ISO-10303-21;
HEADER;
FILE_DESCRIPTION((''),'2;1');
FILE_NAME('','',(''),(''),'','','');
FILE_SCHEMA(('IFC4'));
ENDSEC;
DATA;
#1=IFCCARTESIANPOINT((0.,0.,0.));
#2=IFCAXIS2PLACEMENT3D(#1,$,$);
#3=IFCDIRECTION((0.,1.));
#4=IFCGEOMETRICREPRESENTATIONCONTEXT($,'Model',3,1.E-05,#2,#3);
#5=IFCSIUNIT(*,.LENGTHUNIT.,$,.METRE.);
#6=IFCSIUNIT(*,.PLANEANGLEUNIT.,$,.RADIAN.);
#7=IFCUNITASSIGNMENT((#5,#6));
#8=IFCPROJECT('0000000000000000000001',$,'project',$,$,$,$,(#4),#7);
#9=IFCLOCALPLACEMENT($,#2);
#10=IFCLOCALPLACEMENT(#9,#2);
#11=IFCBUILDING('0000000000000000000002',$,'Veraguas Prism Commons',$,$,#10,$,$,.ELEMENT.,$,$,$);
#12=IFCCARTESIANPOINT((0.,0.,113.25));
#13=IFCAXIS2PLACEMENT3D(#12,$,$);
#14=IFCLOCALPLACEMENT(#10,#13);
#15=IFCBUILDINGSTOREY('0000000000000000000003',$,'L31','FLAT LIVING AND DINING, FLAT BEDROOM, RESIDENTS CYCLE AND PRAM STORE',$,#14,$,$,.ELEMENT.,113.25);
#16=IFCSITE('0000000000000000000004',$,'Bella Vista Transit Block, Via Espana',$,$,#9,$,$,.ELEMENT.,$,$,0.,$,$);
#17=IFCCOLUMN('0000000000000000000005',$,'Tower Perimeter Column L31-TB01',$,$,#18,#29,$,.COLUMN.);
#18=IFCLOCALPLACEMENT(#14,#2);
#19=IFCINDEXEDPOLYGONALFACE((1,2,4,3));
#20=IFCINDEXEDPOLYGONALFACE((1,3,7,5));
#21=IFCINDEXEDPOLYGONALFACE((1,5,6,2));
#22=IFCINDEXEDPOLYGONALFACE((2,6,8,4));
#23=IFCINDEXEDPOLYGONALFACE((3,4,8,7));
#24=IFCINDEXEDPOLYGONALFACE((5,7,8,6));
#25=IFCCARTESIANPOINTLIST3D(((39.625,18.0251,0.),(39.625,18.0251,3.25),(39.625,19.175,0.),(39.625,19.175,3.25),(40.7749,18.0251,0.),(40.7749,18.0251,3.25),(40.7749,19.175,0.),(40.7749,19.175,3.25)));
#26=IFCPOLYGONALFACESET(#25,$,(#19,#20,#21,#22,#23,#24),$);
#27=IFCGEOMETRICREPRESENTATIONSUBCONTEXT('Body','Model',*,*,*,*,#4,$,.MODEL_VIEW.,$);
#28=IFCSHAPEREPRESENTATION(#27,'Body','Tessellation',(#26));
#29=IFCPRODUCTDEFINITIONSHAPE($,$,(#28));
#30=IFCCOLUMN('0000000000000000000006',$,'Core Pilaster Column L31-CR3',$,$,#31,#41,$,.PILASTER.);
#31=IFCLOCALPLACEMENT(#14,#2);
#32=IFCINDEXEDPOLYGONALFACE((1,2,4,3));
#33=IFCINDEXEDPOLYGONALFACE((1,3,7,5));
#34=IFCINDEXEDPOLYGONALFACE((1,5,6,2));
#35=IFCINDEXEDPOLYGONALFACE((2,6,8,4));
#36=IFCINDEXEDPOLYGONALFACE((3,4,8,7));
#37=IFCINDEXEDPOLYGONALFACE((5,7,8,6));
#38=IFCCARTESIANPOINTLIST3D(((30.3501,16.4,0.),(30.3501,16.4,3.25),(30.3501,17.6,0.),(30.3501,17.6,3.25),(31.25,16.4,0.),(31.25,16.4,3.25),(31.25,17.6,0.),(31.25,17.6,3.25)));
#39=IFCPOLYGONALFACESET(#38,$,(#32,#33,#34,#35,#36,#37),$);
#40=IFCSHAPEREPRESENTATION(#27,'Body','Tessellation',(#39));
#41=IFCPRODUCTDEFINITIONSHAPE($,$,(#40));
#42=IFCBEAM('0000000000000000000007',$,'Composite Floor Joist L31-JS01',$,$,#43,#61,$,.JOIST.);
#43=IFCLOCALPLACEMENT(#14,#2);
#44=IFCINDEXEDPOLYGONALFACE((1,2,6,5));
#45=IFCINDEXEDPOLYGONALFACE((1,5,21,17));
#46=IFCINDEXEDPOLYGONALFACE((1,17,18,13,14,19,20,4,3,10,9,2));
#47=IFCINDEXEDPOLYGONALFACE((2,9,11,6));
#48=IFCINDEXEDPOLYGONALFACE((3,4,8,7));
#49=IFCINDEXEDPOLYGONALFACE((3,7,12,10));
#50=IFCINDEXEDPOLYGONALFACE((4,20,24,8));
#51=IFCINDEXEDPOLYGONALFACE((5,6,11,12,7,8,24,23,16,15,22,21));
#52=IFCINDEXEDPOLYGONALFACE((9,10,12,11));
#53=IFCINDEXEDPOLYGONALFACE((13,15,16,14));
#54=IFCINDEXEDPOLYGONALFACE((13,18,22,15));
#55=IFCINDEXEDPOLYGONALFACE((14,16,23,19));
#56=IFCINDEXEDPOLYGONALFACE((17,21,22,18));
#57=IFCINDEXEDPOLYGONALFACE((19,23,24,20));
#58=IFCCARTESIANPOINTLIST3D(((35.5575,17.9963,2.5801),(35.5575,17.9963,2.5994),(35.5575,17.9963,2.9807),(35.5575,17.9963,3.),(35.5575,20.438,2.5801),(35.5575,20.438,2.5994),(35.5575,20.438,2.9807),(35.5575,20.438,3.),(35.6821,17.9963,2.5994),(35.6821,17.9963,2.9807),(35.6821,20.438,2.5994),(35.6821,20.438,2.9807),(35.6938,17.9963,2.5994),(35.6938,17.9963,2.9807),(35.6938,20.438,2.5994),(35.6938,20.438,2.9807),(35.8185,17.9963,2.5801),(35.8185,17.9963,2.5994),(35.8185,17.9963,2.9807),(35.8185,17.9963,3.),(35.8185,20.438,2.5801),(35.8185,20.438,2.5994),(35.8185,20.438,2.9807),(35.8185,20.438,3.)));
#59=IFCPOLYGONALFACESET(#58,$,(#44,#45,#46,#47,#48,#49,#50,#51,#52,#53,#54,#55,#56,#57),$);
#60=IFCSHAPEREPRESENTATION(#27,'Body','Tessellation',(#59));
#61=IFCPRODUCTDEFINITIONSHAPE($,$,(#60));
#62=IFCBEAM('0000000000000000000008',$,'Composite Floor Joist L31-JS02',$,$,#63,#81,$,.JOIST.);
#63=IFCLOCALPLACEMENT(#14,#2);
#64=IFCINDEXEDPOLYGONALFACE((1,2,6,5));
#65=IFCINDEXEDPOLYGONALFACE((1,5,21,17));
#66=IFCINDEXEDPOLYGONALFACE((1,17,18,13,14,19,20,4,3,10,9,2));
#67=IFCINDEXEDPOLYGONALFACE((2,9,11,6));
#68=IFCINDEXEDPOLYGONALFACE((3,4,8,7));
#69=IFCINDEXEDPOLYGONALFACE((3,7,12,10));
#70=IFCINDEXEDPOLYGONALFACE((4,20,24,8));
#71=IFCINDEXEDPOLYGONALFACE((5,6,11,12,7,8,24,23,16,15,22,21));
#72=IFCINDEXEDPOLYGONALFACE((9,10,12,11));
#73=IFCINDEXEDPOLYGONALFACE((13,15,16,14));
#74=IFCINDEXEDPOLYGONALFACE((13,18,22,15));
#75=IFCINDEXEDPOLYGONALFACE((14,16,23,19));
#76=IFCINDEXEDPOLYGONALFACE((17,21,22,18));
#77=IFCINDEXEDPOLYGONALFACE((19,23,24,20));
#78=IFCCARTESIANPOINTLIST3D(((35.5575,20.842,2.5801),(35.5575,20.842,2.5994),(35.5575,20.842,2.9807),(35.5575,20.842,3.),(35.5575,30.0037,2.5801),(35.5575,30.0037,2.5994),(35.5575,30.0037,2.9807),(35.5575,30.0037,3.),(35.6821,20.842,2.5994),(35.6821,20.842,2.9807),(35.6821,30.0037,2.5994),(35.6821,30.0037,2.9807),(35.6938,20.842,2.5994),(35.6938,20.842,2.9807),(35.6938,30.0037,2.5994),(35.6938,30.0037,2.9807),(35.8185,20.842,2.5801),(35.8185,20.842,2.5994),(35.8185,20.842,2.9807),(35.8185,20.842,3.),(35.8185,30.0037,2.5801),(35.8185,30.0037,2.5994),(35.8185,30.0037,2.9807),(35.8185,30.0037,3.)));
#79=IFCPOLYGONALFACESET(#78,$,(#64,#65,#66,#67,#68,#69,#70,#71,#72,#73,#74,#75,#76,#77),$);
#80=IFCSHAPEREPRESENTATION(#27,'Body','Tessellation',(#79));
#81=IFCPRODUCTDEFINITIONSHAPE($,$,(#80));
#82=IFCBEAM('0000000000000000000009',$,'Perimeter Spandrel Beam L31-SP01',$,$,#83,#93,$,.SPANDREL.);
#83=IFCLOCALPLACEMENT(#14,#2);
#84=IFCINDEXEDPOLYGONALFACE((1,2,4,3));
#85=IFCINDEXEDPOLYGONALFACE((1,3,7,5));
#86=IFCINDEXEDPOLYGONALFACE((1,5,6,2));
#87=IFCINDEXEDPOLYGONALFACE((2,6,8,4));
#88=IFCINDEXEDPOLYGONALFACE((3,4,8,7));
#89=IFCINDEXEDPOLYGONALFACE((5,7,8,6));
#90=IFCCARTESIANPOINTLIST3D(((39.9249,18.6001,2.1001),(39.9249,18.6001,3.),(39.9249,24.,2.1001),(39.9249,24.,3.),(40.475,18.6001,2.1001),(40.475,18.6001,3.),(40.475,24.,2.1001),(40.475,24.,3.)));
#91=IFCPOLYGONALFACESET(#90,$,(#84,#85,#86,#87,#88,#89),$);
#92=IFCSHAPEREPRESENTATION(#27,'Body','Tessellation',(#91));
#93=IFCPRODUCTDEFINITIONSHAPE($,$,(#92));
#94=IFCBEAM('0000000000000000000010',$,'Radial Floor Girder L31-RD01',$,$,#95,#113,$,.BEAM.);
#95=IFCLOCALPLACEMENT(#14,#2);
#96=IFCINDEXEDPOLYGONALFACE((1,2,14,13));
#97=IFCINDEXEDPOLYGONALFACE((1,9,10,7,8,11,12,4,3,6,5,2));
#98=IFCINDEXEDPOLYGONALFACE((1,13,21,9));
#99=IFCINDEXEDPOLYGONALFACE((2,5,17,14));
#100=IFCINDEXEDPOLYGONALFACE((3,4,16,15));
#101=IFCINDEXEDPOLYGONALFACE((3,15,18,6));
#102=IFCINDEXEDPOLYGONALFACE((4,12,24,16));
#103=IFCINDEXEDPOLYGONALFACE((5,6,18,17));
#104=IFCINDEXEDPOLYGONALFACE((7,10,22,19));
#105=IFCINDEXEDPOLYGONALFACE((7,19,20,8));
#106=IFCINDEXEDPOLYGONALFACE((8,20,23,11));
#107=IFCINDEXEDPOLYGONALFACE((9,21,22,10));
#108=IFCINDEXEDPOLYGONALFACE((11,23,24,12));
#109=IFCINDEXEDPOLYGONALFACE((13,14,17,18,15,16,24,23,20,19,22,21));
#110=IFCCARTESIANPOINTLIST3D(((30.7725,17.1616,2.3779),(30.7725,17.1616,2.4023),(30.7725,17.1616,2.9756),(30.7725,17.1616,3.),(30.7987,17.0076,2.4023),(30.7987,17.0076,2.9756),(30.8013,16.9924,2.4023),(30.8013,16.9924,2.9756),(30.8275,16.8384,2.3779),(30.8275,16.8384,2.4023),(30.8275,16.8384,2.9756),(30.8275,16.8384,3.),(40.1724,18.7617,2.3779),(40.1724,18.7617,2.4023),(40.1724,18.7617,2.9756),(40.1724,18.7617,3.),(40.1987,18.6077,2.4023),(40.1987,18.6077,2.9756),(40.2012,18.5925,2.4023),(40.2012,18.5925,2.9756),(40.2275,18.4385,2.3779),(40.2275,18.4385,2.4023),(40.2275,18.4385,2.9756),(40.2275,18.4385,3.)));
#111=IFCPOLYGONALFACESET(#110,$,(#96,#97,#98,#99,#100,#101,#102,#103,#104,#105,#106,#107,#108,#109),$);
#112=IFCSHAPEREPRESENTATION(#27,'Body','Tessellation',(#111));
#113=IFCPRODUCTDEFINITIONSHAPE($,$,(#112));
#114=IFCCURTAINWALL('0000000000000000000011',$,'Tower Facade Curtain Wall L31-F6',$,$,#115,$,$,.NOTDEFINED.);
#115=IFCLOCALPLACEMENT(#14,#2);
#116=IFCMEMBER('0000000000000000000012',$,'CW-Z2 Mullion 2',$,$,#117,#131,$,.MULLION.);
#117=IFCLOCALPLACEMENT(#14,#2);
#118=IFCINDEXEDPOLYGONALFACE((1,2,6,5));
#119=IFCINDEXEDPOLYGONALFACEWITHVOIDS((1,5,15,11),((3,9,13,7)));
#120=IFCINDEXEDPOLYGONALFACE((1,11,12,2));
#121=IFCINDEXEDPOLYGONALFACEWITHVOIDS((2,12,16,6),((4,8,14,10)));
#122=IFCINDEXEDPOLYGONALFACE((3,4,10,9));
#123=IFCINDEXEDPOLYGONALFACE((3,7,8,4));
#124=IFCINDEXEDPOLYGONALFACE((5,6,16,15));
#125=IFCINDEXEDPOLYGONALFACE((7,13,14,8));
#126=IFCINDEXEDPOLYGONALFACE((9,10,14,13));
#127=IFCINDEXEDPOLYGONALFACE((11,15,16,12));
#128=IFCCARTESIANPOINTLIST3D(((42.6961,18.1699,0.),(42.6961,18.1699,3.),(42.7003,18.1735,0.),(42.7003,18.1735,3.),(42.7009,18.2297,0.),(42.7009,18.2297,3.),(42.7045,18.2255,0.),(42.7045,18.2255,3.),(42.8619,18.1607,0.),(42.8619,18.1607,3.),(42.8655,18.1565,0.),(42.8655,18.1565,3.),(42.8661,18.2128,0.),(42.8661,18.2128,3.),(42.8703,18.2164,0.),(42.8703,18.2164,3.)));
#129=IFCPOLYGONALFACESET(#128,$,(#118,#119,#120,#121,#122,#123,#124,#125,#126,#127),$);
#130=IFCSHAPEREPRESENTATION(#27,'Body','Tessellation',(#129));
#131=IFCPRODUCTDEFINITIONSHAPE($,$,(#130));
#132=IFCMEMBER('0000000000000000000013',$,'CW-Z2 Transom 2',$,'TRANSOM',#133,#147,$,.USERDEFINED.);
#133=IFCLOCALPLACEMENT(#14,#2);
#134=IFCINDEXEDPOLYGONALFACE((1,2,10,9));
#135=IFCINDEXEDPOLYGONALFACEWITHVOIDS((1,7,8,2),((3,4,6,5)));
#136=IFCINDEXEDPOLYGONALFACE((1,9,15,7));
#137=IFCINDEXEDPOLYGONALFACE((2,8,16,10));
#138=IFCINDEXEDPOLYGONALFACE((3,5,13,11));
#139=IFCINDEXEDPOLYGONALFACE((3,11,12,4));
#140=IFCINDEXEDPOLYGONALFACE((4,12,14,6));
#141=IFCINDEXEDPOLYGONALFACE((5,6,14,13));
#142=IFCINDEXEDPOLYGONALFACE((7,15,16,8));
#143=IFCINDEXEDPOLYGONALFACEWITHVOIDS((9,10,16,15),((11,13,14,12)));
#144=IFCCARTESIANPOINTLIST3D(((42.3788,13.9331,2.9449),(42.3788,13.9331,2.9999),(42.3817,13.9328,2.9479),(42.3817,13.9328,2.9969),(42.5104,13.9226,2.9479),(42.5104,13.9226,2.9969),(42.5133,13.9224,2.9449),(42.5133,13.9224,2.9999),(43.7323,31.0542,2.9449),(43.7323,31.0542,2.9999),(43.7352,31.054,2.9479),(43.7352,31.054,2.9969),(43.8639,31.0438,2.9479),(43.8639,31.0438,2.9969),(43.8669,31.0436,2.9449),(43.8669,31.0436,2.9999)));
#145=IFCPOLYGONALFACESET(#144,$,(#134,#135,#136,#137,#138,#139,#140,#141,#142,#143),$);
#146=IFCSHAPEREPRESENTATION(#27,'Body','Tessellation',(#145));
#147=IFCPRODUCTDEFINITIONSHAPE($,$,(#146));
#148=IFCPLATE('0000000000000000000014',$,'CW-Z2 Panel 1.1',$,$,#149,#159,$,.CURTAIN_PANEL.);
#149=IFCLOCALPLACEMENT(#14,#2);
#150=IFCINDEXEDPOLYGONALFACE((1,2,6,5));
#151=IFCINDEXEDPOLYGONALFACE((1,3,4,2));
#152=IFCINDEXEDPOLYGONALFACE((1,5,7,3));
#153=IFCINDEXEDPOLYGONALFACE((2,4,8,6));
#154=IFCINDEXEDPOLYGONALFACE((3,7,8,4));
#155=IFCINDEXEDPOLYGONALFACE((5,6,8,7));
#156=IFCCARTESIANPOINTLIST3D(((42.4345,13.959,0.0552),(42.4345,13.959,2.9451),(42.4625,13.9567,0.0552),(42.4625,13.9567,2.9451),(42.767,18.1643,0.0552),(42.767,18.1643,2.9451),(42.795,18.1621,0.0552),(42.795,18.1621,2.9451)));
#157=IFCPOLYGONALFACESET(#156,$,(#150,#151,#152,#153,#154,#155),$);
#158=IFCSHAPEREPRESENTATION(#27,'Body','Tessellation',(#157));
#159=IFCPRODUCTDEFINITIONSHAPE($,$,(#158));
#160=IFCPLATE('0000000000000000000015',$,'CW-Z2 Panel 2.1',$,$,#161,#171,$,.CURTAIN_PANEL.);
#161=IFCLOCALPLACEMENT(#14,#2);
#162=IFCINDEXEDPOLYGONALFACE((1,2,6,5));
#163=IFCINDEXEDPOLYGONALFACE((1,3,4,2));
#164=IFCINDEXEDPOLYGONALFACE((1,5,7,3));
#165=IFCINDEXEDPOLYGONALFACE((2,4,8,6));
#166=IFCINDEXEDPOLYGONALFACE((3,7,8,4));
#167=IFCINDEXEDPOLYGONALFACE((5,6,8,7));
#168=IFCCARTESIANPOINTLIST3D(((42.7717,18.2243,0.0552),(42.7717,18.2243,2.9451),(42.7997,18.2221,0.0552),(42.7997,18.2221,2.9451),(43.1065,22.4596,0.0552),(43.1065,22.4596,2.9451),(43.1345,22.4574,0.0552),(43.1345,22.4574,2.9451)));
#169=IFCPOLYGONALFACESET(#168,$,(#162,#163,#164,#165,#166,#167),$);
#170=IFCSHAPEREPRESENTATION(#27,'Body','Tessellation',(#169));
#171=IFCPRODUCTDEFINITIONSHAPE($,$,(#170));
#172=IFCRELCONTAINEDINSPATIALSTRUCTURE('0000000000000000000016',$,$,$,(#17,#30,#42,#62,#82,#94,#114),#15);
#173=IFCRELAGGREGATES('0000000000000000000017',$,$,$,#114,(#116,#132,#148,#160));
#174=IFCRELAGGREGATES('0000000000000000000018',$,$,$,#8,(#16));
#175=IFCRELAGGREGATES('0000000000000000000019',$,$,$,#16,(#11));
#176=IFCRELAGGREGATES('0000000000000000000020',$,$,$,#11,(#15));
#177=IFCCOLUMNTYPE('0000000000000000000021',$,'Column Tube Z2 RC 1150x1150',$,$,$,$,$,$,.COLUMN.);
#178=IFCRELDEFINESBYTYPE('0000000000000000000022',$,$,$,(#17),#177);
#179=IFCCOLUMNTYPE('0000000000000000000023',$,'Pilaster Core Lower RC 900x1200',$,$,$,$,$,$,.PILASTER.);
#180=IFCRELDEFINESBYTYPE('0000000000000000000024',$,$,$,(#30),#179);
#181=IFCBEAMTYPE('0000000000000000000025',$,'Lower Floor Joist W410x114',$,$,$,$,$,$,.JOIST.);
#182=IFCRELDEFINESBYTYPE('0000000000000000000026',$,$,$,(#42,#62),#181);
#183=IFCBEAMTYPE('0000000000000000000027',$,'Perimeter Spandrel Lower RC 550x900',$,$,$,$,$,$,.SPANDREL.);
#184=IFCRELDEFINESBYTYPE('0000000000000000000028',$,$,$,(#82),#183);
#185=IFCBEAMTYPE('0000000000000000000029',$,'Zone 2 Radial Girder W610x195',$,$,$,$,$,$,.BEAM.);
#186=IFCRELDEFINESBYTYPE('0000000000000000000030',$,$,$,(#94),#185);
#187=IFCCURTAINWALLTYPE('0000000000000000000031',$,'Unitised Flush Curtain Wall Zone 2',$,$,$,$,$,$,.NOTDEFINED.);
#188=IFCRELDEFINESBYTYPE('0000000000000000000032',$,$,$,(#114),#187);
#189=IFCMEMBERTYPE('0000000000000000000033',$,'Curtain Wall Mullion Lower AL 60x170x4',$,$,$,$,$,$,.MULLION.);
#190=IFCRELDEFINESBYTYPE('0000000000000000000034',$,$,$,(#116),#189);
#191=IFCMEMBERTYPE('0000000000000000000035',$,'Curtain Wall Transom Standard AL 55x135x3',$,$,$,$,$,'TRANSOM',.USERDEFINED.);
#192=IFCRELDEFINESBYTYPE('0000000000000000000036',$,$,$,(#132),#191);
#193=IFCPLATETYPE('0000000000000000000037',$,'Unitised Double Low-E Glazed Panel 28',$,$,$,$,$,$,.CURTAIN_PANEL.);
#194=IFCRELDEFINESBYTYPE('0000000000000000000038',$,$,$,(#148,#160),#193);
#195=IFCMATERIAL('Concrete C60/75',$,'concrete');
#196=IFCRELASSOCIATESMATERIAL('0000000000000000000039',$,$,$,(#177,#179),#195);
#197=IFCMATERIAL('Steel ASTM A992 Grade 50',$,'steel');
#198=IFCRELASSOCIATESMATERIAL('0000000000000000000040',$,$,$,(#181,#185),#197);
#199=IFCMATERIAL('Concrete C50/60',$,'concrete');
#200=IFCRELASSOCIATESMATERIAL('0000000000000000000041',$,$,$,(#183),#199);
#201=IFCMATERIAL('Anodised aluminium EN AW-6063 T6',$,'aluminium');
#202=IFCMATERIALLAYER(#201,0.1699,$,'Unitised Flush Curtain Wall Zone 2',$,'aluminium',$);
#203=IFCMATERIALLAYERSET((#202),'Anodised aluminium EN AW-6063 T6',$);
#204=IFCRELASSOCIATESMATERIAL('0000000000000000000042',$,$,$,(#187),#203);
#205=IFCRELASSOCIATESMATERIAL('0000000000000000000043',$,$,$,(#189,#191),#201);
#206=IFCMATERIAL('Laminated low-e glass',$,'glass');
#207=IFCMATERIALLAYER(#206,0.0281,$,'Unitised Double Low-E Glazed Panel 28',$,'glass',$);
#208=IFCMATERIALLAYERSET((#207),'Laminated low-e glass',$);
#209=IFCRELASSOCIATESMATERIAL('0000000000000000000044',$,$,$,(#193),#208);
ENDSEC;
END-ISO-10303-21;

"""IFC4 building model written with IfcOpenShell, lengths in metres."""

from ifc_helpers import new_model, si_unit, direction, frame, origin, origin_2d, place, context, subcontext, project, spatial, rectangle, hollow_rectangle, i_section, extrude, source, transform, mapped, material, layer, layer_set, material_profile, profile_set, type_object, element, aggregate, save


model = new_model("IFC4")

# Units and contexts
model_context = context("Model", 3, precision=1e-05, world=origin(), true_north=direction((0.0, 1.0)))
body_context = subcontext(model_context, "Body", "Model", "MODEL_VIEW")
ifc_project = project(units=[si_unit("LENGTHUNIT", "METRE"), si_unit("PLANEANGLEUNIT", "RADIAN")], contexts=[model_context])

# Site, building, storey
site_placement = place(None, origin())
site = spatial("IfcSite", under=ifc_project, at=site_placement, Name="Bella Vista Transit Block, Via Espana", CompositionType="ELEMENT", RefElevation=0.0)
building_placement = place(site_placement, origin())
building = spatial("IfcBuilding", under=site, at=building_placement, Name="Veraguas Prism Commons", CompositionType="ELEMENT")
storey_placement = place(building_placement, frame((0.0, 0.0, 113.25)))
storey = spatial("IfcBuildingStorey", under=building, at=storey_placement, Name="L31", Description="FLAT LIVING AND DINING, FLAT BEDROOM, RESIDENTS CYCLE AND PRAM STORE", CompositionType="ELEMENT", Elevation=113.25)

# Columns
ifc_material_1 = material(Name="Concrete C60/75", Category="concrete")
ifc_material_profile_1 = material_profile(ifc_material_1, rectangle(XDim=1.1499, YDim=1.1499, at=origin_2d()), Name="RC1150X1150")
ifc_profile_set_1 = profile_set([ifc_material_profile_1], Name="Concrete C60/75")
column_type_1 = type_object("IfcColumnType", Name="Column Tube Z2 RC 1150x1150", PredefinedType="COLUMN", material=ifc_profile_set_1)
column_1_placement = place(storey_placement, frame((40.2, 18.6001, 0.0), z_axis=(0.0, 0.0, 1.0), x_axis=(1.0, 0.0, 0.0)))
element("IfcColumn", 1, at=column_1_placement, inside=storey, type_object=column_type_1, Name="Tower Perimeter Column L31-TB01", PredefinedType="COLUMN", context=body_context, shape_type="SweptSolid", body=[
    extrude(rectangle(XDim=1.1499, YDim=1.1499, at=origin_2d()), origin(), (0.0, 0.0, 1.0), 3.25),
])
ifc_material_profile_2 = material_profile(ifc_material_1, rectangle(XDim=0.8999, YDim=1.2, at=origin_2d()), Name="RC900X1200")
ifc_profile_set_2 = profile_set([ifc_material_profile_2], Name="Concrete C60/75")
column_type_2 = type_object("IfcColumnType", Name="Pilaster Core Lower RC 900x1200", PredefinedType="PILASTER", material=ifc_profile_set_2)
column_2_placement = place(storey_placement, frame((30.8, 17.0, 0.0), z_axis=(0.0, 0.0, 1.0), x_axis=(1.0, 0.0, 0.0)))
element("IfcColumn", 2, at=column_2_placement, inside=storey, type_object=column_type_2, Name="Core Pilaster Column L31-CR3", PredefinedType="PILASTER", context=body_context, shape_type="SweptSolid", body=[
    extrude(rectangle(XDim=0.8999, YDim=1.2, at=origin_2d()), origin(), (0.0, 0.0, 1.0), 3.25),
])

# Beams
ifc_material_2 = material(Name="Steel ASTM A992 Grade 50", Category="steel")
ifc_material_profile_3 = material_profile(ifc_material_2, i_section(OverallWidth=0.261, OverallDepth=0.4199, WebThickness=0.0117, FlangeThickness=0.0193, at=origin_2d()), Name="W410X114")
ifc_profile_set_3 = profile_set([ifc_material_profile_3], Name="Steel ASTM A992 Grade 50")
beam_type_1 = type_object("IfcBeamType", Name="Lower Floor Joist W410x114", PredefinedType="JOIST", material=ifc_profile_set_3)
beam_1_placement = place(storey_placement, frame((35.688, 17.9963, 2.79), z_axis=(0.0, 1.0, 0.0), x_axis=(-1.0, 0.0, 0.0)))
element("IfcBeam", 3, at=beam_1_placement, inside=storey, type_object=beam_type_1, Name="Composite Floor Joist L31-JS01", PredefinedType="JOIST", context=body_context, shape_type="SweptSolid", body=[
    extrude(i_section(OverallWidth=0.261, OverallDepth=0.4199, WebThickness=0.0117, FlangeThickness=0.0193, at=origin_2d()), origin(), (0.0, 0.0, 1.0), 2.4417),
])
beam_2_placement = place(storey_placement, frame((35.688, 20.842, 2.79), z_axis=(0.0, 1.0, 0.0), x_axis=(-1.0, 0.0, 0.0)))
element("IfcBeam", 4, at=beam_2_placement, inside=storey, type_object=beam_type_1, Name="Composite Floor Joist L31-JS02", PredefinedType="JOIST", context=body_context, shape_type="SweptSolid", body=[
    extrude(i_section(OverallWidth=0.261, OverallDepth=0.4199, WebThickness=0.0117, FlangeThickness=0.0193, at=origin_2d()), origin(), (0.0, 0.0, 1.0), 9.1616),
])
ifc_material_3 = material(Name="Concrete C50/60", Category="concrete")
ifc_material_profile_4 = material_profile(ifc_material_3, rectangle(XDim=0.55, YDim=0.8999, at=origin_2d()), Name="RC550X900")
ifc_profile_set_4 = profile_set([ifc_material_profile_4], Name="Concrete C50/60")
beam_type_2 = type_object("IfcBeamType", Name="Perimeter Spandrel Lower RC 550x900", PredefinedType="SPANDREL", material=ifc_profile_set_4)
beam_3_placement = place(storey_placement, frame((40.2, 18.6001, 2.55), z_axis=(0.0, 1.0, 0.0), x_axis=(-1.0, 0.0, 0.0)))
element("IfcBeam", 5, at=beam_3_placement, inside=storey, type_object=beam_type_2, Name="Perimeter Spandrel Beam L31-SP01", PredefinedType="SPANDREL", context=body_context, shape_type="SweptSolid", body=[
    extrude(rectangle(XDim=0.55, YDim=0.8999, at=origin_2d()), origin(), (0.0, 0.0, 1.0), 5.3999),
])
ifc_material_profile_5 = material_profile(ifc_material_2, i_section(OverallWidth=0.3279, OverallDepth=0.6221, WebThickness=0.0154, FlangeThickness=0.0244, at=origin_2d()), Name="W610X195")
ifc_profile_set_5 = profile_set([ifc_material_profile_5], Name="Steel ASTM A992 Grade 50")
beam_type_3 = type_object("IfcBeamType", Name="Zone 2 Radial Girder W610x195", PredefinedType="BEAM", material=ifc_profile_set_5)
beam_4_placement = place(storey_placement, frame((40.2, 18.6001, 2.689), z_axis=(-0.985819, -0.167811, 0.0), x_axis=(0.167811, -0.985819, 0.0)))
element("IfcBeam", 6, at=beam_4_placement, inside=storey, type_object=beam_type_3, Name="Radial Floor Girder L31-RD01", PredefinedType="BEAM", context=body_context, shape_type="SweptSolid", body=[
    extrude(i_section(OverallWidth=0.3279, OverallDepth=0.6221, WebThickness=0.0154, FlangeThickness=0.0244, at=origin_2d()), origin(), (0.0, 0.0, 1.0), 9.5352),
])

# Curtain wall, members, plates
ifc_material_4 = material(Name="Anodised aluminium EN AW-6063 T6", Category="aluminium")
ifc_layer_1 = layer(ifc_material_4, 0.1699, Name="Unitised Flush Curtain Wall Zone 2", Category="aluminium")
ifc_layer_set_1 = layer_set([ifc_layer_1], Name="Anodised aluminium EN AW-6063 T6")
curtain_wall_type = type_object("IfcCurtainWallType", Name="Unitised Flush Curtain Wall Zone 2", PredefinedType="NOTDEFINED", material=ifc_layer_set_1)
curtain_wall_placement = place(storey_placement, origin())
curtain_wall = element("IfcCurtainWall", 7, at=curtain_wall_placement, inside=storey, type_object=curtain_wall_type, Name="Tower Facade Curtain Wall L31-F6", PredefinedType="NOTDEFINED")
ifc_material_profile_6 = material_profile(ifc_material_4, hollow_rectangle(XDim=0.0601, YDim=0.1699, WallThickness=0.0039, at=origin_2d()), Name="AL60X170X4")
ifc_profile_set_6 = profile_set([ifc_material_profile_6], Name="Anodised aluminium EN AW-6063 T6")
member_type_1 = type_object("IfcMemberType", Name="Curtain Wall Mullion Lower AL 60x170x4", PredefinedType="MULLION", material=ifc_profile_set_6)
shared_shape_1 = source(origin(), body_context, "Body", "SweptSolid", [
    extrude(hollow_rectangle(XDim=0.0601, YDim=0.1699, WallThickness=0.0039, at=origin_2d()), origin(), (0.0, 0.0, 1.0), 3.0),
])
member_1_placement = place(storey_placement, frame((42.7832, 18.1931, 0.0), z_axis=(0.0, 0.0, 1.0), x_axis=(0.078807, 0.99689, 0.0)))
member_1 = element("IfcMember", 8, at=member_1_placement, type_object=member_type_1, Name="CW-Z2 Mullion 2", PredefinedType="MULLION", context=body_context, shape_type="MappedRepresentation", body=[
    mapped(shared_shape_1, transform((0.0, 0.0, 0.0), scale=1.0)),
])
ifc_material_profile_7 = material_profile(ifc_material_4, hollow_rectangle(XDim=0.0549, YDim=0.135, WallThickness=0.0029, at=origin_2d()), Name="AL55X135X3")
ifc_profile_set_7 = profile_set([ifc_material_profile_7], Name="Anodised aluminium EN AW-6063 T6")
member_type_2 = type_object("IfcMemberType", Name="Curtain Wall Transom Standard AL 55x135x3", ElementType="TRANSOM", PredefinedType="USERDEFINED", material=ifc_profile_set_7)
shared_shape_2 = source(origin(), body_context, "Body", "SweptSolid", [
    extrude(hollow_rectangle(XDim=0.0549, YDim=0.135, WallThickness=0.0029, at=origin_2d()), origin(), (0.0, 0.0, 1.0), 17.1746),
])
member_2_placement = place(storey_placement, frame((42.446, 13.9277, 2.9724), z_axis=(0.07881, 0.99689, 0.0), x_axis=(0.0, 0.0, 1.0)))
member_2 = element("IfcMember", 9, at=member_2_placement, type_object=member_type_2, Name="CW-Z2 Transom 2", ObjectType="TRANSOM", PredefinedType="USERDEFINED", context=body_context, shape_type="MappedRepresentation", body=[
    mapped(shared_shape_2, transform((0.0, 0.0, 0.0), scale=1.0)),
])
ifc_material_5 = material(Name="Laminated low-e glass", Category="glass")
ifc_layer_2 = layer(ifc_material_5, 0.0281, Name="Unitised Double Low-E Glazed Panel 28", Category="glass")
ifc_layer_set_2 = layer_set([ifc_layer_2], Name="Laminated low-e glass")
plate_type = type_object("IfcPlateType", Name="Unitised Double Low-E Glazed Panel 28", PredefinedType="CURTAIN_PANEL", material=ifc_layer_set_2)
shared_shape_3 = source(origin(), body_context, "Body", "SweptSolid", [
    extrude(rectangle(XDim=4.2185, YDim=0.0281, at=origin_2d()), origin(), (0.0, 0.0, 1.0), 2.8899),
])
plate_1_placement = place(storey_placement, frame((42.6147, 16.0605, 0.0552), z_axis=(0.0, 0.0, 1.0), x_axis=(0.078807, 0.99689, 0.0)))
plate_1 = element("IfcPlate", 10, at=plate_1_placement, type_object=plate_type, Name="CW-Z2 Panel 1.1", PredefinedType="CURTAIN_PANEL", context=body_context, shape_type="MappedRepresentation", body=[
    mapped(shared_shape_3, transform((0.0, 0.0, 0.0), scale=1.0)),
])
shared_shape_4 = source(origin(), body_context, "Body", "SweptSolid", [
    extrude(rectangle(XDim=4.2485, YDim=0.0281, at=origin_2d()), origin(), (0.0, 0.0, 1.0), 2.8899),
])
plate_2_placement = place(storey_placement, frame((42.9531, 20.3408, 0.0552), z_axis=(0.0, 0.0, 1.0), x_axis=(0.078807, 0.99689, 0.0)))
plate_2 = element("IfcPlate", 11, at=plate_2_placement, type_object=plate_type, Name="CW-Z2 Panel 2.1", PredefinedType="CURTAIN_PANEL", context=body_context, shape_type="MappedRepresentation", body=[
    mapped(shared_shape_4, transform((0.0, 0.0, 0.0), scale=1.0)),
])
aggregate(curtain_wall, [member_1, member_2, plate_1, plate_2])

save(model, "model.ifc")
